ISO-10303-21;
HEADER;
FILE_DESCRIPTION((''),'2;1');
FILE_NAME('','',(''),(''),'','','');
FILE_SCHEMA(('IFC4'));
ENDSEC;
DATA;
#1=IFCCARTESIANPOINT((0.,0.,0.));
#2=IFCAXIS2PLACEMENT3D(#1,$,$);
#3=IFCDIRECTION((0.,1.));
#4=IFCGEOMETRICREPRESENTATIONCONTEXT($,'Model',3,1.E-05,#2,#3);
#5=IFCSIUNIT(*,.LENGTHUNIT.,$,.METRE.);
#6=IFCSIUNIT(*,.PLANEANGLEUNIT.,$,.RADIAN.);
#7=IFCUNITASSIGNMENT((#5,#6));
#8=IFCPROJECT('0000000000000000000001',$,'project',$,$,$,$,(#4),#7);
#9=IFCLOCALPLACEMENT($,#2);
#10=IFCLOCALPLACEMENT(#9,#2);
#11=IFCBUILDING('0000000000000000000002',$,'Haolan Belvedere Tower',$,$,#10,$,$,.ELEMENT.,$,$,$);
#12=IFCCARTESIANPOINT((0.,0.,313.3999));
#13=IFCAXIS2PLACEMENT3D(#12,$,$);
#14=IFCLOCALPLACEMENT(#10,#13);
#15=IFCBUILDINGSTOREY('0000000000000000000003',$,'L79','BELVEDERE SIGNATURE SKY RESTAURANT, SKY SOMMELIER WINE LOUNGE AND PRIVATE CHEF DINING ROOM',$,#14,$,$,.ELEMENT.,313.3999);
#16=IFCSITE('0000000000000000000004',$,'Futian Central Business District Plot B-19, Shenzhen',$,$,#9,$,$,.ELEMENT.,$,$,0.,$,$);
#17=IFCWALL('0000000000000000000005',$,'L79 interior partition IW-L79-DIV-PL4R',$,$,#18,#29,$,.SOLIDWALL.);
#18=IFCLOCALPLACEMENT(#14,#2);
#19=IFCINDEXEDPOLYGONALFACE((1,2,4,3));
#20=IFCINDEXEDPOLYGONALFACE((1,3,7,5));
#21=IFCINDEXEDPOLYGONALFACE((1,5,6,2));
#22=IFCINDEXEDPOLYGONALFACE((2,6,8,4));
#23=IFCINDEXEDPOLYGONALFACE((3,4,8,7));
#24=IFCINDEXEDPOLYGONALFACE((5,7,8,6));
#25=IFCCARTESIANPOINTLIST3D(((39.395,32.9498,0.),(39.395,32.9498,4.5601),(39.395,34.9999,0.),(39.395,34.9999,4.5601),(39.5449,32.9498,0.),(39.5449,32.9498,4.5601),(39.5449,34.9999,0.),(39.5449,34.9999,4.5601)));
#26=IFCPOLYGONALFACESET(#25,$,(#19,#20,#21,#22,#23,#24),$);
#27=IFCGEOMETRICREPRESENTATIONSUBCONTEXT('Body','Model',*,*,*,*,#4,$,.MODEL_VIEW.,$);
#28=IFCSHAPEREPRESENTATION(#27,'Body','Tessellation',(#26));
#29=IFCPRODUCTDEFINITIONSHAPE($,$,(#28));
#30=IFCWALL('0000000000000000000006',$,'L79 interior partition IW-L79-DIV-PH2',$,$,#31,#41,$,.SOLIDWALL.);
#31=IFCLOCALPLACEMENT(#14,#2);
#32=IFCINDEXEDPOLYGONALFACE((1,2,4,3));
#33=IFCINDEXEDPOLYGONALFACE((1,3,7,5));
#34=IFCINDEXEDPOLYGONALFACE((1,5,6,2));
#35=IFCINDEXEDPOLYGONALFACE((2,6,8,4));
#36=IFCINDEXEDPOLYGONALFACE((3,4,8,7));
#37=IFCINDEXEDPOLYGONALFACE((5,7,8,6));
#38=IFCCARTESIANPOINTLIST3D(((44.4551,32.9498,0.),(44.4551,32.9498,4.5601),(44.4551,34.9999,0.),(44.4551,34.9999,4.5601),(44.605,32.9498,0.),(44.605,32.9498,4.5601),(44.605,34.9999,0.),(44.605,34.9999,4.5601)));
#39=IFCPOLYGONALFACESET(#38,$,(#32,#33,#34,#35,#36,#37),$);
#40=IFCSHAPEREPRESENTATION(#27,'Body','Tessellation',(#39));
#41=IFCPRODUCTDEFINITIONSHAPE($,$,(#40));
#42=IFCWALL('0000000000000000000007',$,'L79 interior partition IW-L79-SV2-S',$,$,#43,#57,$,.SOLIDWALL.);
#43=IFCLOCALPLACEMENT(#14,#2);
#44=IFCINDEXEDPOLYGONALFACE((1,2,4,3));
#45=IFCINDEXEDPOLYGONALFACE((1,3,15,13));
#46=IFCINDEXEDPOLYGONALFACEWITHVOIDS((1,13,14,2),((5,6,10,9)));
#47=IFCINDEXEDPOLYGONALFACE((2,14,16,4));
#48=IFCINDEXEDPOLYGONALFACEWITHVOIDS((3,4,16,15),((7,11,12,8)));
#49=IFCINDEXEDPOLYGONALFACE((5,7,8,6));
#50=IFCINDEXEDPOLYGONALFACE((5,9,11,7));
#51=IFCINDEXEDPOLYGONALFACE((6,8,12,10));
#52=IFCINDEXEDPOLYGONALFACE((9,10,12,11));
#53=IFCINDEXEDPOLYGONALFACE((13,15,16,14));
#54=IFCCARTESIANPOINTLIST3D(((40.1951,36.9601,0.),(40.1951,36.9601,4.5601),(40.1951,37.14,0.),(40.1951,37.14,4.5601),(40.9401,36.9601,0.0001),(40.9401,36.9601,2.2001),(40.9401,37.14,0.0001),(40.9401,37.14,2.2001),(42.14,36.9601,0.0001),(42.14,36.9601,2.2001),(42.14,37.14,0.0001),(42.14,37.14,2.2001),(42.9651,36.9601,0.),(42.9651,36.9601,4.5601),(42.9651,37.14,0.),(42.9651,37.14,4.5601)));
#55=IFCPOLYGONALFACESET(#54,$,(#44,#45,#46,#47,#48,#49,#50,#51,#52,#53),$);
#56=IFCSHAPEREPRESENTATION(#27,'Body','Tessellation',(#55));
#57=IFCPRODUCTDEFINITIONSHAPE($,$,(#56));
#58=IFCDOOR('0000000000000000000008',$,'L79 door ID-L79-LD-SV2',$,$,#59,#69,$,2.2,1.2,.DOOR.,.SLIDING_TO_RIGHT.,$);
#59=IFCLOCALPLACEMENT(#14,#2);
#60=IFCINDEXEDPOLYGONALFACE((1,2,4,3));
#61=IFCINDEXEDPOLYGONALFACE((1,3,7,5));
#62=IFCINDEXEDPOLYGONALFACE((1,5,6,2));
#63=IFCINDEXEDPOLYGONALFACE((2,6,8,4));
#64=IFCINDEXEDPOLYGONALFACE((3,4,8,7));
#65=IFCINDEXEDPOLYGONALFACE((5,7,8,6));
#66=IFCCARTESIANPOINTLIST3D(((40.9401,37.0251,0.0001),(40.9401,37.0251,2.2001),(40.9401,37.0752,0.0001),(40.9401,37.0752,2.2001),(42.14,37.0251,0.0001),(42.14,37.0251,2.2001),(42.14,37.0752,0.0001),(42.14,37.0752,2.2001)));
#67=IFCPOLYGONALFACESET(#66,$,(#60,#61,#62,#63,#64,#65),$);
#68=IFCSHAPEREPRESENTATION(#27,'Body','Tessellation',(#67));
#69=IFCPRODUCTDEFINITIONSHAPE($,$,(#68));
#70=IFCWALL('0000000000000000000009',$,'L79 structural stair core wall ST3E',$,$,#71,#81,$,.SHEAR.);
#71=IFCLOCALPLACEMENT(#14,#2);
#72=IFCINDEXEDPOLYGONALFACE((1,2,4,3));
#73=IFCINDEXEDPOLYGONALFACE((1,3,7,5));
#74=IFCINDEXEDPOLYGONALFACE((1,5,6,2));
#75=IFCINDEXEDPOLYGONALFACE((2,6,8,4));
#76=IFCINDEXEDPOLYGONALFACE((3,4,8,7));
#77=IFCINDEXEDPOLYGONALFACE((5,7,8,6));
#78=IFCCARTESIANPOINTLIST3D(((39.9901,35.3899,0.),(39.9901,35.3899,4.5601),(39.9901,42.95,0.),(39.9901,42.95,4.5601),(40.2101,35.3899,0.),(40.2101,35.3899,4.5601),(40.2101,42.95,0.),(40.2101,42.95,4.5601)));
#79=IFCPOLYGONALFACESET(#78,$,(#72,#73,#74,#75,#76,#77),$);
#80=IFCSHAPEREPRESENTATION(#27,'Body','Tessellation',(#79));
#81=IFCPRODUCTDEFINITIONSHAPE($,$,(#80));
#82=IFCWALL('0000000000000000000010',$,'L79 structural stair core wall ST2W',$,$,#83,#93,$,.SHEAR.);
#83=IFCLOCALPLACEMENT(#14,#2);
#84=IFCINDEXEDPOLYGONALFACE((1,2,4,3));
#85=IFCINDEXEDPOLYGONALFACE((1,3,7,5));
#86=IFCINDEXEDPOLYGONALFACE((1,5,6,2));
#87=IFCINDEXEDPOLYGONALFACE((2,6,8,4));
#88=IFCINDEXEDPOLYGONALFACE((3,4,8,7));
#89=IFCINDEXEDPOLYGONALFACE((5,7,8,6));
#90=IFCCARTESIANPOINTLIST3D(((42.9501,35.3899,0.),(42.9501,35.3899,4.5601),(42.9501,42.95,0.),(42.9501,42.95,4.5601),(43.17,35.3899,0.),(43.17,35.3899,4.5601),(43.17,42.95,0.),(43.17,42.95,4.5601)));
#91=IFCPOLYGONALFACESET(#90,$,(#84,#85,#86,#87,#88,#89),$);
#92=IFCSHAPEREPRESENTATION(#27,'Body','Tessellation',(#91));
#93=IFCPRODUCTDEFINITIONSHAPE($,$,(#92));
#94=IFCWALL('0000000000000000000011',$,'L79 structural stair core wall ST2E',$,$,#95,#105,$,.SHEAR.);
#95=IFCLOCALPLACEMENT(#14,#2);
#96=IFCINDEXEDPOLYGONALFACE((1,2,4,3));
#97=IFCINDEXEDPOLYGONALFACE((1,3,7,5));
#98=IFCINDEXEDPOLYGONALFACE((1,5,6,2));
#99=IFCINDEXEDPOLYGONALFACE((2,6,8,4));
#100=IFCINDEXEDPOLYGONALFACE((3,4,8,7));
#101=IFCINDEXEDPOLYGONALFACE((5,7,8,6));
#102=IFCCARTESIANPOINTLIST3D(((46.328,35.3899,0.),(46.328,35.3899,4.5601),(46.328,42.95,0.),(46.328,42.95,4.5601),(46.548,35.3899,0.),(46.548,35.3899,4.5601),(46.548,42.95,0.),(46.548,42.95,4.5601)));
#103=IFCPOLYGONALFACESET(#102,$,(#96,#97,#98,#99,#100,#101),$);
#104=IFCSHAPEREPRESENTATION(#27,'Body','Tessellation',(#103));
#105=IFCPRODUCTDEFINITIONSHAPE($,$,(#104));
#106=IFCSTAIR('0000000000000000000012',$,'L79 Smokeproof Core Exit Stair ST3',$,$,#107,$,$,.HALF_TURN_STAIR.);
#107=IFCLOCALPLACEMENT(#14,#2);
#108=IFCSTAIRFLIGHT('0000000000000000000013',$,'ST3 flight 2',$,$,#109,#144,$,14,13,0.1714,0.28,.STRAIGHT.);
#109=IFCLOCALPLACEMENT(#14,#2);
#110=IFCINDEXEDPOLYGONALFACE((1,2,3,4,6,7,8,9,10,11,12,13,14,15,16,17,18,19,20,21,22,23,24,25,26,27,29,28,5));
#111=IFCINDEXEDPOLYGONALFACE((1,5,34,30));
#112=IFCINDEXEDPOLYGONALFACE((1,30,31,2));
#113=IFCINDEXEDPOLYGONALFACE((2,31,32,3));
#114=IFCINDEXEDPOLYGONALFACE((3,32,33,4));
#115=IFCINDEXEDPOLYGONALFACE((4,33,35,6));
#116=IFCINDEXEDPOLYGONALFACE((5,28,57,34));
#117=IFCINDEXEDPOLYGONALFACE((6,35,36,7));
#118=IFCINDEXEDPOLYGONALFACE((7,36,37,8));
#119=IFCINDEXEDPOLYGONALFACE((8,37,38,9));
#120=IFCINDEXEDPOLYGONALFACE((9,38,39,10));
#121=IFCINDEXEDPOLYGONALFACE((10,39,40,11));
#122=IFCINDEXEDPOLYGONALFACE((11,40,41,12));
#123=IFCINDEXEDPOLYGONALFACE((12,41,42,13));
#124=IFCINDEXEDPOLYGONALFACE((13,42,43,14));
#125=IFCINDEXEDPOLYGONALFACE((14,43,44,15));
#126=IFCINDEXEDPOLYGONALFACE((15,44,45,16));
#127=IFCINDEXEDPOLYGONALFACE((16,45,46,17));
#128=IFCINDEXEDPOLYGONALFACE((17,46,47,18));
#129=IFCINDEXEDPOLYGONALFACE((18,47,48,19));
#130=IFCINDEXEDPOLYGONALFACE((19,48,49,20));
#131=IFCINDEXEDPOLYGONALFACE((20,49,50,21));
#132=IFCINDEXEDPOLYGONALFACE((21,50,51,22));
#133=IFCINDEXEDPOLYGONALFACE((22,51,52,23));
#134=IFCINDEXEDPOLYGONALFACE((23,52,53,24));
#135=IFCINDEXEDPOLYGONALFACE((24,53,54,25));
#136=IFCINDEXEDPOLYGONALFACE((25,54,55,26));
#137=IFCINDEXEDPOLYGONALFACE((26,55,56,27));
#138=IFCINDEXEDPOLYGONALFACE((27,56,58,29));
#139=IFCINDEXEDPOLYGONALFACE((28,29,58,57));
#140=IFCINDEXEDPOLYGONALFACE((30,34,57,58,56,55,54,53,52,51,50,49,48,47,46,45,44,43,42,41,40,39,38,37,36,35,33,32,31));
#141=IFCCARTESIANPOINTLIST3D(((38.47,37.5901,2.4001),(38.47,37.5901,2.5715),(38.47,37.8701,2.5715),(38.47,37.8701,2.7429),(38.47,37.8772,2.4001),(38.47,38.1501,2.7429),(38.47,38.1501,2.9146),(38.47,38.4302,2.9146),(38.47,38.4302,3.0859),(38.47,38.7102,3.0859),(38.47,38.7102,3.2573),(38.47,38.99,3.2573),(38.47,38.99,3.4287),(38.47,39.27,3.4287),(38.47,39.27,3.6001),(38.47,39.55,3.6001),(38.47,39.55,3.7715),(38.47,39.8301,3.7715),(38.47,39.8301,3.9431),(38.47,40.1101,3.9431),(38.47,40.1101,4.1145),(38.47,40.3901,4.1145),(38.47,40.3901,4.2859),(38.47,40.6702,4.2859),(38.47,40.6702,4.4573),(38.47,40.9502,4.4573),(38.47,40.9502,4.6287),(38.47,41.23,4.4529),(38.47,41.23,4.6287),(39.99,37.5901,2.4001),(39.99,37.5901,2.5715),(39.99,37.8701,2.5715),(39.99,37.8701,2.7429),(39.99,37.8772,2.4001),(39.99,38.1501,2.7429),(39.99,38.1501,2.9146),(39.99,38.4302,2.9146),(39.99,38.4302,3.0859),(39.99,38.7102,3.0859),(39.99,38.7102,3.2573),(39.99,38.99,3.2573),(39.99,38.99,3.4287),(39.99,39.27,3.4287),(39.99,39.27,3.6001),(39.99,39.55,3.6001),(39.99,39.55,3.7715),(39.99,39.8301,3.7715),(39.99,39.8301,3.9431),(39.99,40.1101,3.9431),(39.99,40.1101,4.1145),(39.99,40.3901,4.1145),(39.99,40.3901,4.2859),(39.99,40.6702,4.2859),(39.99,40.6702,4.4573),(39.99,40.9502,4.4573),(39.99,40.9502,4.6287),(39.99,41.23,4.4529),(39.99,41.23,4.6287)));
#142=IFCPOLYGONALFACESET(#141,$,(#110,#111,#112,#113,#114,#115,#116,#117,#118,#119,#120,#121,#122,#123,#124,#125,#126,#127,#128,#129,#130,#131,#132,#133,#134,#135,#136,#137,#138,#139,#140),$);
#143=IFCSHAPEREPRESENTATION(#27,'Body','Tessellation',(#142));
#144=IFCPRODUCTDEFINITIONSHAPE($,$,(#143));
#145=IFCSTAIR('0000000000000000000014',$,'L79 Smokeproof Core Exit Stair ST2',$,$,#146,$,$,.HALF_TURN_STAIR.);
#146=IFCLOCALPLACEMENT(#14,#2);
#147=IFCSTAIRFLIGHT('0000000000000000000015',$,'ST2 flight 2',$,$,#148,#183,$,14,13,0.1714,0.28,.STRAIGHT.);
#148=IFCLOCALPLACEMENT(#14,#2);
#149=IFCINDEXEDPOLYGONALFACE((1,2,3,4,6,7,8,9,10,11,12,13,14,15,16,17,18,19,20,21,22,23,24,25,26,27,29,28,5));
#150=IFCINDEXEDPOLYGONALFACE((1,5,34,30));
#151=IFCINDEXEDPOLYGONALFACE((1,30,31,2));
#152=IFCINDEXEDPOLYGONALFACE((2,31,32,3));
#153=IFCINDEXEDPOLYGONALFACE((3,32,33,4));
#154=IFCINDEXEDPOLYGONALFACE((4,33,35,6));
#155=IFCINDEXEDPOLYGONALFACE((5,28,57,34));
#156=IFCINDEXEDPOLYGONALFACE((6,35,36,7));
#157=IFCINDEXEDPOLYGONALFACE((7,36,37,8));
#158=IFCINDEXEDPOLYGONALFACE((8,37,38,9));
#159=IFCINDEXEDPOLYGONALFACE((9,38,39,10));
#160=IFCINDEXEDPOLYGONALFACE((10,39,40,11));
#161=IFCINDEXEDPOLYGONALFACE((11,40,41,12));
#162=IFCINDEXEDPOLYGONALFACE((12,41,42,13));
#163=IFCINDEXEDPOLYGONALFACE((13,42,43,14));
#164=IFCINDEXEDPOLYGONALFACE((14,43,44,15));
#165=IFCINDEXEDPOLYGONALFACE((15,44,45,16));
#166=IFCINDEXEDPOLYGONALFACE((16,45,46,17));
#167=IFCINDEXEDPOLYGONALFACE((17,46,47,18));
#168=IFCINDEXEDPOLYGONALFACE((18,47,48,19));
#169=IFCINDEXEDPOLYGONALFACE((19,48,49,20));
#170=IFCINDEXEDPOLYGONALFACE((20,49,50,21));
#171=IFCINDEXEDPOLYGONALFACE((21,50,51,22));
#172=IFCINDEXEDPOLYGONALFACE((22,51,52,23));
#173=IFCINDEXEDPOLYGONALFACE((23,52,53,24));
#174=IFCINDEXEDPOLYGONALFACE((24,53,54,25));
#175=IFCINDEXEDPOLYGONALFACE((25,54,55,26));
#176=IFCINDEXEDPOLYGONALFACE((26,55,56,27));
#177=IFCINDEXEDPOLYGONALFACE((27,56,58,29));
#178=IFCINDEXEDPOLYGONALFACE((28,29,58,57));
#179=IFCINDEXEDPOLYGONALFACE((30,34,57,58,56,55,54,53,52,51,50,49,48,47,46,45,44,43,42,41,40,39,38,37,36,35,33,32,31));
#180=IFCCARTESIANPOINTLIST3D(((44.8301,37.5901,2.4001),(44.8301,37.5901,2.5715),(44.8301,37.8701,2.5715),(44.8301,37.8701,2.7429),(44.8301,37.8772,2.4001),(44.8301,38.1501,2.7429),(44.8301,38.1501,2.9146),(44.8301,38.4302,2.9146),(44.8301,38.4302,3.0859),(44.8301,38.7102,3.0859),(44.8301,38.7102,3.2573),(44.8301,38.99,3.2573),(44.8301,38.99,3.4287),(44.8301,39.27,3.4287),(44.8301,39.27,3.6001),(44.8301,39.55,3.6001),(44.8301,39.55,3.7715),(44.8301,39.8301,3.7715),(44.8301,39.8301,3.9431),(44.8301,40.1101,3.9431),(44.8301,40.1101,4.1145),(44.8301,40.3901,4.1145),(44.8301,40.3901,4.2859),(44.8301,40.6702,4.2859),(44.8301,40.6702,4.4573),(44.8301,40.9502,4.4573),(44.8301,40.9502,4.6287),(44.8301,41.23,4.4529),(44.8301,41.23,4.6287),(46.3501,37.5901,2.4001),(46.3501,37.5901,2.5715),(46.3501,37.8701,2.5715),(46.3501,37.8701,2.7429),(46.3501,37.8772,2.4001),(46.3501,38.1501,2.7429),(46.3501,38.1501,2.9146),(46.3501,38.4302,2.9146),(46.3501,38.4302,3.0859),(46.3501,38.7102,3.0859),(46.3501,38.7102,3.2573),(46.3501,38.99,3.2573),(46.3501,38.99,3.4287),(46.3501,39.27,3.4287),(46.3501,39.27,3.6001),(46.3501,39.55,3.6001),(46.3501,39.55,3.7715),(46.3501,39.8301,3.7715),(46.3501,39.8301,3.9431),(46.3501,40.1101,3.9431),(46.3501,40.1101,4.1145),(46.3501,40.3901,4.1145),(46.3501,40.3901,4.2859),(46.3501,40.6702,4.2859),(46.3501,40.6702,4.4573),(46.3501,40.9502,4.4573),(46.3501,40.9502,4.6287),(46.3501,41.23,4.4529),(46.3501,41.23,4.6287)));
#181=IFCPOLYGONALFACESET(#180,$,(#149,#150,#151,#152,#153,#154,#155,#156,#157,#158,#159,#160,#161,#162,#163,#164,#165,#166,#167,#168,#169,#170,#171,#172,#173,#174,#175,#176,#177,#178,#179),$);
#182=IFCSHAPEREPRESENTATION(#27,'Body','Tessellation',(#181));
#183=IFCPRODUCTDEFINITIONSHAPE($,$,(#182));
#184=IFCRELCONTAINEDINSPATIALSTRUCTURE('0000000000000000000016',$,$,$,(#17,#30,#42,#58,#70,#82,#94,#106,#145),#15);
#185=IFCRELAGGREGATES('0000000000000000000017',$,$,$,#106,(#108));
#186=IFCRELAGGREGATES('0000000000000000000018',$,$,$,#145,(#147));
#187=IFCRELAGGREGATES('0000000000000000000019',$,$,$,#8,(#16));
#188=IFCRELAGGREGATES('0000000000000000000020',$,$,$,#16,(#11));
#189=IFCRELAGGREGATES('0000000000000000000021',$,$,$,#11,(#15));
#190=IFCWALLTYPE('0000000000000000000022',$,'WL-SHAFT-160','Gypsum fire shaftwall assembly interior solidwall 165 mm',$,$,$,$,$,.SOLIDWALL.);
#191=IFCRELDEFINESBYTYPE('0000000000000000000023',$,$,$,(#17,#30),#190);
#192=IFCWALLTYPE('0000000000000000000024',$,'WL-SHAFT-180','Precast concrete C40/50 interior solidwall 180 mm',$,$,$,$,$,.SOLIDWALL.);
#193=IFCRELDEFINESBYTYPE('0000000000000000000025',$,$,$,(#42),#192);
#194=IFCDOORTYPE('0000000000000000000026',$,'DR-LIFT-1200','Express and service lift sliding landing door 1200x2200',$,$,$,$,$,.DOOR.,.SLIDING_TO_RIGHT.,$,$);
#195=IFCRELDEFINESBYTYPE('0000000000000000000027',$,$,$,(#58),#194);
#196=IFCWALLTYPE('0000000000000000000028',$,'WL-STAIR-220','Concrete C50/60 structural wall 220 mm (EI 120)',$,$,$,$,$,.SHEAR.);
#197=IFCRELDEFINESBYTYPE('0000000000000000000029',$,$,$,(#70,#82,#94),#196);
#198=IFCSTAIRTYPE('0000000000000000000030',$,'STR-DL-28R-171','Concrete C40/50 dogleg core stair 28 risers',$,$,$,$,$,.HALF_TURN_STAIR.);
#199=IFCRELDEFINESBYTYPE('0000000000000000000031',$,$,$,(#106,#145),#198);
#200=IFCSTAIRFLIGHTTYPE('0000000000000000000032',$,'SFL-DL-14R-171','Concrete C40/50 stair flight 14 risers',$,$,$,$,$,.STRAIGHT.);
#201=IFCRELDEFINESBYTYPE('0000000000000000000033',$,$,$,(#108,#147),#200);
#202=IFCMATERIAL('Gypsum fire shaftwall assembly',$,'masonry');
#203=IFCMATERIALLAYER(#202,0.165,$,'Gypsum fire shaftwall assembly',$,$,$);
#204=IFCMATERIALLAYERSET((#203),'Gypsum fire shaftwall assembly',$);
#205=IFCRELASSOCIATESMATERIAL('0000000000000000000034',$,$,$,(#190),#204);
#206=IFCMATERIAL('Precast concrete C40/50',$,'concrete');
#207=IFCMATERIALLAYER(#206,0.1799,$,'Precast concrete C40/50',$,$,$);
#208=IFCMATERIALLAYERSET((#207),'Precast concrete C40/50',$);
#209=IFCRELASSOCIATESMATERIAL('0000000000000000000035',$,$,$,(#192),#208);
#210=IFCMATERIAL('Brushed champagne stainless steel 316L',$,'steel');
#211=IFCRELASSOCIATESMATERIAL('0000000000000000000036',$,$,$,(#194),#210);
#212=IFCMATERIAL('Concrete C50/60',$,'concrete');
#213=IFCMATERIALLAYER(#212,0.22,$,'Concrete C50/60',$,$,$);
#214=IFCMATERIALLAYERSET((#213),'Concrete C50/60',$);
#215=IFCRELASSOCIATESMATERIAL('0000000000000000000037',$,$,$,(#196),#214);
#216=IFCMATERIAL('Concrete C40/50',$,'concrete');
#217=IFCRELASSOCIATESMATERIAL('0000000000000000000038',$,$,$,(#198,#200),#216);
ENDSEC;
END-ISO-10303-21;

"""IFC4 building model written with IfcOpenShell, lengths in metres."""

from ifc_helpers import new_model, si_unit, direction, frame, frame_2d, origin, place, context, subcontext, project, spatial, polyline, rectangle, outline, extrude, material, layer, layer_set, type_object, element, fill, aggregate, save


model = new_model("IFC4")

# Units and contexts
model_context = context("Model", 3, precision=1e-05, world=origin(), true_north=direction((0.0, 1.0)))
body_context = subcontext(model_context, "Body", "Model", "MODEL_VIEW")
ifc_project = project(units=[si_unit("LENGTHUNIT", "METRE"), si_unit("PLANEANGLEUNIT", "RADIAN")], contexts=[model_context])

# Site, building, storey
site_placement = place(None, origin())
site = spatial("IfcSite", under=ifc_project, at=site_placement, Name="Futian Central Business District Plot B-19, Shenzhen", CompositionType="ELEMENT", RefElevation=0.0)
building_placement = place(site_placement, origin())
building = spatial("IfcBuilding", under=site, at=building_placement, Name="Haolan Belvedere Tower", CompositionType="ELEMENT")
storey_placement = place(building_placement, frame((0.0, 0.0, 313.3999)))
storey = spatial("IfcBuildingStorey", under=building, at=storey_placement, Name="L79", Description="BELVEDERE SIGNATURE SKY RESTAURANT, SKY SOMMELIER WINE LOUNGE AND PRIVATE CHEF DINING ROOM", CompositionType="ELEMENT", Elevation=313.3999)

# Shared definitions
ifc_material_1 = material(Name="Concrete C50/60", Category="concrete")

# Shared definitions
ifc_material_2 = material(Name="Precast concrete C40/50", Category="concrete")

# Walls
ifc_material_3 = material(Name="Gypsum fire shaftwall assembly", Category="masonry")
ifc_layer_1 = layer(ifc_material_3, 0.165, Name="Gypsum fire shaftwall assembly")
ifc_layer_set_1 = layer_set([ifc_layer_1], Name="Gypsum fire shaftwall assembly")
wall_type_1 = type_object("IfcWallType", Name="WL-SHAFT-160", Description="Gypsum fire shaftwall assembly interior solidwall 165 mm", PredefinedType="SOLIDWALL", material=ifc_layer_set_1)
for number, where, z_axis, x_axis, name in (
    (1, (39.47, 32.95, 0.0), (0.0, 0.0, 1.0), (0.0, 1.0, 0.0), "L79 interior partition IW-L79-DIV-PL4R"),
    (2, (44.53, 32.95, 0.0), (0.0, 0.0, 1.0), (0.0, 1.0, 0.0), "L79 interior partition IW-L79-DIV-PH2"),
):
    element("IfcWall", number, at=place(storey_placement, frame(where, z_axis=z_axis, x_axis=x_axis)), inside=storey, type_object=wall_type_1, Name=name, PredefinedType="SOLIDWALL", context=body_context, shape_type="SweptSolid", body=[
        extrude(rectangle(XDim=2.05, YDim=0.1499, at=frame_2d((1.0249, 0.0))), origin(), (0.0, 0.0, 1.0), 4.5601),
    ])

# Wall, opening, door
ifc_layer_2 = layer(ifc_material_2, 0.1799, Name="Precast concrete C40/50")
ifc_layer_set_2 = layer_set([ifc_layer_2], Name="Precast concrete C40/50")
wall_type_2 = type_object("IfcWallType", Name="WL-SHAFT-180", Description="Precast concrete C40/50 interior solidwall 180 mm", PredefinedType="SOLIDWALL", material=ifc_layer_set_2)
wall_1_placement = place(storey_placement, frame((40.1951, 37.05, 0.0), z_axis=(0.0, 0.0, 1.0), x_axis=(1.0, 0.0, 0.0)))
wall_1 = element("IfcWall", 3, at=wall_1_placement, inside=storey, type_object=wall_type_2, Name="L79 interior partition IW-L79-SV2-S", PredefinedType="SOLIDWALL", context=body_context, shape_type="SweptSolid", body=[
    extrude(rectangle(XDim=2.77, YDim=0.1799, at=frame_2d((1.385, 0.0))), origin(), (0.0, 0.0, 1.0), 4.5601),
])
opening_1_placement = place(wall_1_placement, frame((1.9451, 0.0, 0.0), z_axis=(0.0, 0.0, 1.0), x_axis=(-1.0, 0.0, 0.0)))
opening_1 = element("IfcOpeningElement", 4, at=opening_1_placement, cuts=wall_1, PredefinedType="OPENING", context=body_context, shape_type="SweptSolid", body=[
    extrude(rectangle(XDim=1.2, YDim=2.2, at=frame_2d((0.6001, 1.1001))), frame((0.0, 0.0999, 0.0), z_axis=(0.0, -1.0, 0.0), x_axis=(1.0, 0.0, 0.0)), (0.0, 0.0, 1.0), 0.2),
])
ifc_material_4 = material(Name="Brushed champagne stainless steel 316L", Category="steel")
door_type = type_object("IfcDoorType", Name="DR-LIFT-1200", Description="Express and service lift sliding landing door 1200x2200", OperationType="SLIDING_TO_RIGHT", PredefinedType="DOOR", material=ifc_material_4)
door_placement = place(opening_1_placement, origin())
door = element("IfcDoor", 5, at=door_placement, inside=storey, type_object=door_type, Name="L79 door ID-L79-LD-SV2", OperationType="SLIDING_TO_RIGHT", OverallHeight=2.2, OverallWidth=1.2, PredefinedType="DOOR", context=body_context, shape_type="SweptSolid", body=[
    extrude(rectangle(XDim=1.2, YDim=2.2, at=frame_2d((0.6001, 1.1001))), frame((0.0, 0.0249, 0.0), z_axis=(0.0, -1.0, 0.0), x_axis=(1.0, 0.0, 0.0)), (0.0, 0.0, 1.0), 0.05),
])
fill(opening_1, door)

# Walls
ifc_layer_3 = layer(ifc_material_1, 0.22, Name="Concrete C50/60")
ifc_layer_set_3 = layer_set([ifc_layer_3], Name="Concrete C50/60")
wall_type_3 = type_object("IfcWallType", Name="WL-STAIR-220", Description="Concrete C50/60 structural wall 220 mm (EI 120)", PredefinedType="SHEAR", material=ifc_layer_set_3)
for number, where, z_axis, x_axis, name in (
    (6, (40.1001, 35.3899, 0.0), (0.0, 0.0, 1.0), (0.0, 1.0, 0.0), "L79 structural stair core wall ST3E"),
    (7, (43.0601, 35.3899, 0.0), (0.0, 0.0, 1.0), (0.0, 1.0, 0.0), "L79 structural stair core wall ST2W"),
    (8, (46.438, 35.3899, 0.0), (0.0, 0.0, 1.0), (0.0, 1.0, 0.0), "L79 structural stair core wall ST2E"),
):
    element("IfcWall", number, at=place(storey_placement, frame(where, z_axis=z_axis, x_axis=x_axis)), inside=storey, type_object=wall_type_3, Name=name, PredefinedType="SHEAR", context=body_context, shape_type="SweptSolid", body=[
        extrude(rectangle(XDim=7.5601, YDim=0.22, at=frame_2d((3.78, 0.0))), origin(), (0.0, 0.0, 1.0), 4.5601),
    ])

# Stairs, stair flights
ifc_material_5 = material(Name="Concrete C40/50", Category="concrete")
stair_type = type_object("IfcStairType", Name="STR-DL-28R-171", Description="Concrete C40/50 dogleg core stair 28 risers", PredefinedType="HALF_TURN_STAIR", material=ifc_material_5)
stair_1_placement = place(storey_placement, origin())
stair_1 = element("IfcStair", 9, at=stair_1_placement, inside=storey, type_object=stair_type, Name="L79 Smokeproof Core Exit Stair ST3", PredefinedType="HALF_TURN_STAIR")
stair_flight_type = type_object("IfcStairFlightType", Name="SFL-DL-14R-171", Description="Concrete C40/50 stair flight 14 risers", PredefinedType="STRAIGHT", material=ifc_material_5)
stair_flight_1_placement = place(storey_placement, frame((39.23, 37.5901, 2.4001), z_axis=(0.0, 0.0, 1.0), x_axis=(0.0, 1.0, 0.0)))
stair_flight_1 = element("IfcStairFlight", 10, at=stair_flight_1_placement, type_object=stair_flight_type, Name="ST3 flight 2", NumberOfRisers=14, NumberOfTreads=13, PredefinedType="STRAIGHT", RiserHeight=0.1714, TreadLength=0.28, context=body_context, shape_type="SweptSolid", body=[
    extrude(outline(polyline([(0.0, 0.0), (0.0, 0.1714), (0.28, 0.1714), (0.28, 0.3428), (0.5601, 0.3428), (0.5601, 0.5144), (0.8401, 0.5144), (0.8401, 0.6858), (1.1201, 0.6858), (1.1201, 0.8572), (1.3999, 0.8572), (1.3999, 1.0286), (1.6799, 1.0286), (1.6799, 1.2), (1.96, 1.2), (1.96, 1.3713), (2.24, 1.3713), (2.24, 1.543), (2.52, 1.543), (2.52, 1.7144), (2.8, 1.7144), (2.8, 1.8857), (3.0801, 1.8857), (3.0801, 2.0571), (3.3601, 2.0571), (3.3601, 2.2285), (3.6399, 2.2285), (3.6399, 2.3999), (3.6399, 2.0527), (0.2871, 0.0), (0.0, 0.0)])), frame((0.0, 0.76, 0.0), z_axis=(0.0, -1.0, 0.0), x_axis=(1.0, 0.0, 0.0)), (0.0, 0.0, 1.0), 1.52),
])
aggregate(stair_1, [stair_flight_1])
stair_2_placement = place(storey_placement, origin())
stair_2 = element("IfcStair", 11, at=stair_2_placement, inside=storey, type_object=stair_type, Name="L79 Smokeproof Core Exit Stair ST2", PredefinedType="HALF_TURN_STAIR")
stair_flight_2_placement = place(storey_placement, frame((45.5901, 37.5901, 2.4001), z_axis=(0.0, 0.0, 1.0), x_axis=(0.0, 1.0, 0.0)))
stair_flight_2 = element("IfcStairFlight", 12, at=stair_flight_2_placement, type_object=stair_flight_type, Name="ST2 flight 2", NumberOfRisers=14, NumberOfTreads=13, PredefinedType="STRAIGHT", RiserHeight=0.1714, TreadLength=0.28, context=body_context, shape_type="SweptSolid", body=[
    extrude(outline(polyline([(0.0, 0.0), (0.0, 0.1714), (0.28, 0.1714), (0.28, 0.3428), (0.5601, 0.3428), (0.5601, 0.5144), (0.8401, 0.5144), (0.8401, 0.6858), (1.1201, 0.6858), (1.1201, 0.8572), (1.3999, 0.8572), (1.3999, 1.0286), (1.6799, 1.0286), (1.6799, 1.2), (1.96, 1.2), (1.96, 1.3713), (2.24, 1.3713), (2.24, 1.543), (2.52, 1.543), (2.52, 1.7144), (2.8, 1.7144), (2.8, 1.8857), (3.0801, 1.8857), (3.0801, 2.0571), (3.3601, 2.0571), (3.3601, 2.2285), (3.6399, 2.2285), (3.6399, 2.3999), (3.6399, 2.0527), (0.2871, 0.0), (0.0, 0.0)])), frame((0.0, 0.76, 0.0), z_axis=(0.0, -1.0, 0.0), x_axis=(1.0, 0.0, 0.0)), (0.0, 0.0, 1.0), 1.52),
])
aggregate(stair_2, [stair_flight_2])

save(model, "model.ifc")
